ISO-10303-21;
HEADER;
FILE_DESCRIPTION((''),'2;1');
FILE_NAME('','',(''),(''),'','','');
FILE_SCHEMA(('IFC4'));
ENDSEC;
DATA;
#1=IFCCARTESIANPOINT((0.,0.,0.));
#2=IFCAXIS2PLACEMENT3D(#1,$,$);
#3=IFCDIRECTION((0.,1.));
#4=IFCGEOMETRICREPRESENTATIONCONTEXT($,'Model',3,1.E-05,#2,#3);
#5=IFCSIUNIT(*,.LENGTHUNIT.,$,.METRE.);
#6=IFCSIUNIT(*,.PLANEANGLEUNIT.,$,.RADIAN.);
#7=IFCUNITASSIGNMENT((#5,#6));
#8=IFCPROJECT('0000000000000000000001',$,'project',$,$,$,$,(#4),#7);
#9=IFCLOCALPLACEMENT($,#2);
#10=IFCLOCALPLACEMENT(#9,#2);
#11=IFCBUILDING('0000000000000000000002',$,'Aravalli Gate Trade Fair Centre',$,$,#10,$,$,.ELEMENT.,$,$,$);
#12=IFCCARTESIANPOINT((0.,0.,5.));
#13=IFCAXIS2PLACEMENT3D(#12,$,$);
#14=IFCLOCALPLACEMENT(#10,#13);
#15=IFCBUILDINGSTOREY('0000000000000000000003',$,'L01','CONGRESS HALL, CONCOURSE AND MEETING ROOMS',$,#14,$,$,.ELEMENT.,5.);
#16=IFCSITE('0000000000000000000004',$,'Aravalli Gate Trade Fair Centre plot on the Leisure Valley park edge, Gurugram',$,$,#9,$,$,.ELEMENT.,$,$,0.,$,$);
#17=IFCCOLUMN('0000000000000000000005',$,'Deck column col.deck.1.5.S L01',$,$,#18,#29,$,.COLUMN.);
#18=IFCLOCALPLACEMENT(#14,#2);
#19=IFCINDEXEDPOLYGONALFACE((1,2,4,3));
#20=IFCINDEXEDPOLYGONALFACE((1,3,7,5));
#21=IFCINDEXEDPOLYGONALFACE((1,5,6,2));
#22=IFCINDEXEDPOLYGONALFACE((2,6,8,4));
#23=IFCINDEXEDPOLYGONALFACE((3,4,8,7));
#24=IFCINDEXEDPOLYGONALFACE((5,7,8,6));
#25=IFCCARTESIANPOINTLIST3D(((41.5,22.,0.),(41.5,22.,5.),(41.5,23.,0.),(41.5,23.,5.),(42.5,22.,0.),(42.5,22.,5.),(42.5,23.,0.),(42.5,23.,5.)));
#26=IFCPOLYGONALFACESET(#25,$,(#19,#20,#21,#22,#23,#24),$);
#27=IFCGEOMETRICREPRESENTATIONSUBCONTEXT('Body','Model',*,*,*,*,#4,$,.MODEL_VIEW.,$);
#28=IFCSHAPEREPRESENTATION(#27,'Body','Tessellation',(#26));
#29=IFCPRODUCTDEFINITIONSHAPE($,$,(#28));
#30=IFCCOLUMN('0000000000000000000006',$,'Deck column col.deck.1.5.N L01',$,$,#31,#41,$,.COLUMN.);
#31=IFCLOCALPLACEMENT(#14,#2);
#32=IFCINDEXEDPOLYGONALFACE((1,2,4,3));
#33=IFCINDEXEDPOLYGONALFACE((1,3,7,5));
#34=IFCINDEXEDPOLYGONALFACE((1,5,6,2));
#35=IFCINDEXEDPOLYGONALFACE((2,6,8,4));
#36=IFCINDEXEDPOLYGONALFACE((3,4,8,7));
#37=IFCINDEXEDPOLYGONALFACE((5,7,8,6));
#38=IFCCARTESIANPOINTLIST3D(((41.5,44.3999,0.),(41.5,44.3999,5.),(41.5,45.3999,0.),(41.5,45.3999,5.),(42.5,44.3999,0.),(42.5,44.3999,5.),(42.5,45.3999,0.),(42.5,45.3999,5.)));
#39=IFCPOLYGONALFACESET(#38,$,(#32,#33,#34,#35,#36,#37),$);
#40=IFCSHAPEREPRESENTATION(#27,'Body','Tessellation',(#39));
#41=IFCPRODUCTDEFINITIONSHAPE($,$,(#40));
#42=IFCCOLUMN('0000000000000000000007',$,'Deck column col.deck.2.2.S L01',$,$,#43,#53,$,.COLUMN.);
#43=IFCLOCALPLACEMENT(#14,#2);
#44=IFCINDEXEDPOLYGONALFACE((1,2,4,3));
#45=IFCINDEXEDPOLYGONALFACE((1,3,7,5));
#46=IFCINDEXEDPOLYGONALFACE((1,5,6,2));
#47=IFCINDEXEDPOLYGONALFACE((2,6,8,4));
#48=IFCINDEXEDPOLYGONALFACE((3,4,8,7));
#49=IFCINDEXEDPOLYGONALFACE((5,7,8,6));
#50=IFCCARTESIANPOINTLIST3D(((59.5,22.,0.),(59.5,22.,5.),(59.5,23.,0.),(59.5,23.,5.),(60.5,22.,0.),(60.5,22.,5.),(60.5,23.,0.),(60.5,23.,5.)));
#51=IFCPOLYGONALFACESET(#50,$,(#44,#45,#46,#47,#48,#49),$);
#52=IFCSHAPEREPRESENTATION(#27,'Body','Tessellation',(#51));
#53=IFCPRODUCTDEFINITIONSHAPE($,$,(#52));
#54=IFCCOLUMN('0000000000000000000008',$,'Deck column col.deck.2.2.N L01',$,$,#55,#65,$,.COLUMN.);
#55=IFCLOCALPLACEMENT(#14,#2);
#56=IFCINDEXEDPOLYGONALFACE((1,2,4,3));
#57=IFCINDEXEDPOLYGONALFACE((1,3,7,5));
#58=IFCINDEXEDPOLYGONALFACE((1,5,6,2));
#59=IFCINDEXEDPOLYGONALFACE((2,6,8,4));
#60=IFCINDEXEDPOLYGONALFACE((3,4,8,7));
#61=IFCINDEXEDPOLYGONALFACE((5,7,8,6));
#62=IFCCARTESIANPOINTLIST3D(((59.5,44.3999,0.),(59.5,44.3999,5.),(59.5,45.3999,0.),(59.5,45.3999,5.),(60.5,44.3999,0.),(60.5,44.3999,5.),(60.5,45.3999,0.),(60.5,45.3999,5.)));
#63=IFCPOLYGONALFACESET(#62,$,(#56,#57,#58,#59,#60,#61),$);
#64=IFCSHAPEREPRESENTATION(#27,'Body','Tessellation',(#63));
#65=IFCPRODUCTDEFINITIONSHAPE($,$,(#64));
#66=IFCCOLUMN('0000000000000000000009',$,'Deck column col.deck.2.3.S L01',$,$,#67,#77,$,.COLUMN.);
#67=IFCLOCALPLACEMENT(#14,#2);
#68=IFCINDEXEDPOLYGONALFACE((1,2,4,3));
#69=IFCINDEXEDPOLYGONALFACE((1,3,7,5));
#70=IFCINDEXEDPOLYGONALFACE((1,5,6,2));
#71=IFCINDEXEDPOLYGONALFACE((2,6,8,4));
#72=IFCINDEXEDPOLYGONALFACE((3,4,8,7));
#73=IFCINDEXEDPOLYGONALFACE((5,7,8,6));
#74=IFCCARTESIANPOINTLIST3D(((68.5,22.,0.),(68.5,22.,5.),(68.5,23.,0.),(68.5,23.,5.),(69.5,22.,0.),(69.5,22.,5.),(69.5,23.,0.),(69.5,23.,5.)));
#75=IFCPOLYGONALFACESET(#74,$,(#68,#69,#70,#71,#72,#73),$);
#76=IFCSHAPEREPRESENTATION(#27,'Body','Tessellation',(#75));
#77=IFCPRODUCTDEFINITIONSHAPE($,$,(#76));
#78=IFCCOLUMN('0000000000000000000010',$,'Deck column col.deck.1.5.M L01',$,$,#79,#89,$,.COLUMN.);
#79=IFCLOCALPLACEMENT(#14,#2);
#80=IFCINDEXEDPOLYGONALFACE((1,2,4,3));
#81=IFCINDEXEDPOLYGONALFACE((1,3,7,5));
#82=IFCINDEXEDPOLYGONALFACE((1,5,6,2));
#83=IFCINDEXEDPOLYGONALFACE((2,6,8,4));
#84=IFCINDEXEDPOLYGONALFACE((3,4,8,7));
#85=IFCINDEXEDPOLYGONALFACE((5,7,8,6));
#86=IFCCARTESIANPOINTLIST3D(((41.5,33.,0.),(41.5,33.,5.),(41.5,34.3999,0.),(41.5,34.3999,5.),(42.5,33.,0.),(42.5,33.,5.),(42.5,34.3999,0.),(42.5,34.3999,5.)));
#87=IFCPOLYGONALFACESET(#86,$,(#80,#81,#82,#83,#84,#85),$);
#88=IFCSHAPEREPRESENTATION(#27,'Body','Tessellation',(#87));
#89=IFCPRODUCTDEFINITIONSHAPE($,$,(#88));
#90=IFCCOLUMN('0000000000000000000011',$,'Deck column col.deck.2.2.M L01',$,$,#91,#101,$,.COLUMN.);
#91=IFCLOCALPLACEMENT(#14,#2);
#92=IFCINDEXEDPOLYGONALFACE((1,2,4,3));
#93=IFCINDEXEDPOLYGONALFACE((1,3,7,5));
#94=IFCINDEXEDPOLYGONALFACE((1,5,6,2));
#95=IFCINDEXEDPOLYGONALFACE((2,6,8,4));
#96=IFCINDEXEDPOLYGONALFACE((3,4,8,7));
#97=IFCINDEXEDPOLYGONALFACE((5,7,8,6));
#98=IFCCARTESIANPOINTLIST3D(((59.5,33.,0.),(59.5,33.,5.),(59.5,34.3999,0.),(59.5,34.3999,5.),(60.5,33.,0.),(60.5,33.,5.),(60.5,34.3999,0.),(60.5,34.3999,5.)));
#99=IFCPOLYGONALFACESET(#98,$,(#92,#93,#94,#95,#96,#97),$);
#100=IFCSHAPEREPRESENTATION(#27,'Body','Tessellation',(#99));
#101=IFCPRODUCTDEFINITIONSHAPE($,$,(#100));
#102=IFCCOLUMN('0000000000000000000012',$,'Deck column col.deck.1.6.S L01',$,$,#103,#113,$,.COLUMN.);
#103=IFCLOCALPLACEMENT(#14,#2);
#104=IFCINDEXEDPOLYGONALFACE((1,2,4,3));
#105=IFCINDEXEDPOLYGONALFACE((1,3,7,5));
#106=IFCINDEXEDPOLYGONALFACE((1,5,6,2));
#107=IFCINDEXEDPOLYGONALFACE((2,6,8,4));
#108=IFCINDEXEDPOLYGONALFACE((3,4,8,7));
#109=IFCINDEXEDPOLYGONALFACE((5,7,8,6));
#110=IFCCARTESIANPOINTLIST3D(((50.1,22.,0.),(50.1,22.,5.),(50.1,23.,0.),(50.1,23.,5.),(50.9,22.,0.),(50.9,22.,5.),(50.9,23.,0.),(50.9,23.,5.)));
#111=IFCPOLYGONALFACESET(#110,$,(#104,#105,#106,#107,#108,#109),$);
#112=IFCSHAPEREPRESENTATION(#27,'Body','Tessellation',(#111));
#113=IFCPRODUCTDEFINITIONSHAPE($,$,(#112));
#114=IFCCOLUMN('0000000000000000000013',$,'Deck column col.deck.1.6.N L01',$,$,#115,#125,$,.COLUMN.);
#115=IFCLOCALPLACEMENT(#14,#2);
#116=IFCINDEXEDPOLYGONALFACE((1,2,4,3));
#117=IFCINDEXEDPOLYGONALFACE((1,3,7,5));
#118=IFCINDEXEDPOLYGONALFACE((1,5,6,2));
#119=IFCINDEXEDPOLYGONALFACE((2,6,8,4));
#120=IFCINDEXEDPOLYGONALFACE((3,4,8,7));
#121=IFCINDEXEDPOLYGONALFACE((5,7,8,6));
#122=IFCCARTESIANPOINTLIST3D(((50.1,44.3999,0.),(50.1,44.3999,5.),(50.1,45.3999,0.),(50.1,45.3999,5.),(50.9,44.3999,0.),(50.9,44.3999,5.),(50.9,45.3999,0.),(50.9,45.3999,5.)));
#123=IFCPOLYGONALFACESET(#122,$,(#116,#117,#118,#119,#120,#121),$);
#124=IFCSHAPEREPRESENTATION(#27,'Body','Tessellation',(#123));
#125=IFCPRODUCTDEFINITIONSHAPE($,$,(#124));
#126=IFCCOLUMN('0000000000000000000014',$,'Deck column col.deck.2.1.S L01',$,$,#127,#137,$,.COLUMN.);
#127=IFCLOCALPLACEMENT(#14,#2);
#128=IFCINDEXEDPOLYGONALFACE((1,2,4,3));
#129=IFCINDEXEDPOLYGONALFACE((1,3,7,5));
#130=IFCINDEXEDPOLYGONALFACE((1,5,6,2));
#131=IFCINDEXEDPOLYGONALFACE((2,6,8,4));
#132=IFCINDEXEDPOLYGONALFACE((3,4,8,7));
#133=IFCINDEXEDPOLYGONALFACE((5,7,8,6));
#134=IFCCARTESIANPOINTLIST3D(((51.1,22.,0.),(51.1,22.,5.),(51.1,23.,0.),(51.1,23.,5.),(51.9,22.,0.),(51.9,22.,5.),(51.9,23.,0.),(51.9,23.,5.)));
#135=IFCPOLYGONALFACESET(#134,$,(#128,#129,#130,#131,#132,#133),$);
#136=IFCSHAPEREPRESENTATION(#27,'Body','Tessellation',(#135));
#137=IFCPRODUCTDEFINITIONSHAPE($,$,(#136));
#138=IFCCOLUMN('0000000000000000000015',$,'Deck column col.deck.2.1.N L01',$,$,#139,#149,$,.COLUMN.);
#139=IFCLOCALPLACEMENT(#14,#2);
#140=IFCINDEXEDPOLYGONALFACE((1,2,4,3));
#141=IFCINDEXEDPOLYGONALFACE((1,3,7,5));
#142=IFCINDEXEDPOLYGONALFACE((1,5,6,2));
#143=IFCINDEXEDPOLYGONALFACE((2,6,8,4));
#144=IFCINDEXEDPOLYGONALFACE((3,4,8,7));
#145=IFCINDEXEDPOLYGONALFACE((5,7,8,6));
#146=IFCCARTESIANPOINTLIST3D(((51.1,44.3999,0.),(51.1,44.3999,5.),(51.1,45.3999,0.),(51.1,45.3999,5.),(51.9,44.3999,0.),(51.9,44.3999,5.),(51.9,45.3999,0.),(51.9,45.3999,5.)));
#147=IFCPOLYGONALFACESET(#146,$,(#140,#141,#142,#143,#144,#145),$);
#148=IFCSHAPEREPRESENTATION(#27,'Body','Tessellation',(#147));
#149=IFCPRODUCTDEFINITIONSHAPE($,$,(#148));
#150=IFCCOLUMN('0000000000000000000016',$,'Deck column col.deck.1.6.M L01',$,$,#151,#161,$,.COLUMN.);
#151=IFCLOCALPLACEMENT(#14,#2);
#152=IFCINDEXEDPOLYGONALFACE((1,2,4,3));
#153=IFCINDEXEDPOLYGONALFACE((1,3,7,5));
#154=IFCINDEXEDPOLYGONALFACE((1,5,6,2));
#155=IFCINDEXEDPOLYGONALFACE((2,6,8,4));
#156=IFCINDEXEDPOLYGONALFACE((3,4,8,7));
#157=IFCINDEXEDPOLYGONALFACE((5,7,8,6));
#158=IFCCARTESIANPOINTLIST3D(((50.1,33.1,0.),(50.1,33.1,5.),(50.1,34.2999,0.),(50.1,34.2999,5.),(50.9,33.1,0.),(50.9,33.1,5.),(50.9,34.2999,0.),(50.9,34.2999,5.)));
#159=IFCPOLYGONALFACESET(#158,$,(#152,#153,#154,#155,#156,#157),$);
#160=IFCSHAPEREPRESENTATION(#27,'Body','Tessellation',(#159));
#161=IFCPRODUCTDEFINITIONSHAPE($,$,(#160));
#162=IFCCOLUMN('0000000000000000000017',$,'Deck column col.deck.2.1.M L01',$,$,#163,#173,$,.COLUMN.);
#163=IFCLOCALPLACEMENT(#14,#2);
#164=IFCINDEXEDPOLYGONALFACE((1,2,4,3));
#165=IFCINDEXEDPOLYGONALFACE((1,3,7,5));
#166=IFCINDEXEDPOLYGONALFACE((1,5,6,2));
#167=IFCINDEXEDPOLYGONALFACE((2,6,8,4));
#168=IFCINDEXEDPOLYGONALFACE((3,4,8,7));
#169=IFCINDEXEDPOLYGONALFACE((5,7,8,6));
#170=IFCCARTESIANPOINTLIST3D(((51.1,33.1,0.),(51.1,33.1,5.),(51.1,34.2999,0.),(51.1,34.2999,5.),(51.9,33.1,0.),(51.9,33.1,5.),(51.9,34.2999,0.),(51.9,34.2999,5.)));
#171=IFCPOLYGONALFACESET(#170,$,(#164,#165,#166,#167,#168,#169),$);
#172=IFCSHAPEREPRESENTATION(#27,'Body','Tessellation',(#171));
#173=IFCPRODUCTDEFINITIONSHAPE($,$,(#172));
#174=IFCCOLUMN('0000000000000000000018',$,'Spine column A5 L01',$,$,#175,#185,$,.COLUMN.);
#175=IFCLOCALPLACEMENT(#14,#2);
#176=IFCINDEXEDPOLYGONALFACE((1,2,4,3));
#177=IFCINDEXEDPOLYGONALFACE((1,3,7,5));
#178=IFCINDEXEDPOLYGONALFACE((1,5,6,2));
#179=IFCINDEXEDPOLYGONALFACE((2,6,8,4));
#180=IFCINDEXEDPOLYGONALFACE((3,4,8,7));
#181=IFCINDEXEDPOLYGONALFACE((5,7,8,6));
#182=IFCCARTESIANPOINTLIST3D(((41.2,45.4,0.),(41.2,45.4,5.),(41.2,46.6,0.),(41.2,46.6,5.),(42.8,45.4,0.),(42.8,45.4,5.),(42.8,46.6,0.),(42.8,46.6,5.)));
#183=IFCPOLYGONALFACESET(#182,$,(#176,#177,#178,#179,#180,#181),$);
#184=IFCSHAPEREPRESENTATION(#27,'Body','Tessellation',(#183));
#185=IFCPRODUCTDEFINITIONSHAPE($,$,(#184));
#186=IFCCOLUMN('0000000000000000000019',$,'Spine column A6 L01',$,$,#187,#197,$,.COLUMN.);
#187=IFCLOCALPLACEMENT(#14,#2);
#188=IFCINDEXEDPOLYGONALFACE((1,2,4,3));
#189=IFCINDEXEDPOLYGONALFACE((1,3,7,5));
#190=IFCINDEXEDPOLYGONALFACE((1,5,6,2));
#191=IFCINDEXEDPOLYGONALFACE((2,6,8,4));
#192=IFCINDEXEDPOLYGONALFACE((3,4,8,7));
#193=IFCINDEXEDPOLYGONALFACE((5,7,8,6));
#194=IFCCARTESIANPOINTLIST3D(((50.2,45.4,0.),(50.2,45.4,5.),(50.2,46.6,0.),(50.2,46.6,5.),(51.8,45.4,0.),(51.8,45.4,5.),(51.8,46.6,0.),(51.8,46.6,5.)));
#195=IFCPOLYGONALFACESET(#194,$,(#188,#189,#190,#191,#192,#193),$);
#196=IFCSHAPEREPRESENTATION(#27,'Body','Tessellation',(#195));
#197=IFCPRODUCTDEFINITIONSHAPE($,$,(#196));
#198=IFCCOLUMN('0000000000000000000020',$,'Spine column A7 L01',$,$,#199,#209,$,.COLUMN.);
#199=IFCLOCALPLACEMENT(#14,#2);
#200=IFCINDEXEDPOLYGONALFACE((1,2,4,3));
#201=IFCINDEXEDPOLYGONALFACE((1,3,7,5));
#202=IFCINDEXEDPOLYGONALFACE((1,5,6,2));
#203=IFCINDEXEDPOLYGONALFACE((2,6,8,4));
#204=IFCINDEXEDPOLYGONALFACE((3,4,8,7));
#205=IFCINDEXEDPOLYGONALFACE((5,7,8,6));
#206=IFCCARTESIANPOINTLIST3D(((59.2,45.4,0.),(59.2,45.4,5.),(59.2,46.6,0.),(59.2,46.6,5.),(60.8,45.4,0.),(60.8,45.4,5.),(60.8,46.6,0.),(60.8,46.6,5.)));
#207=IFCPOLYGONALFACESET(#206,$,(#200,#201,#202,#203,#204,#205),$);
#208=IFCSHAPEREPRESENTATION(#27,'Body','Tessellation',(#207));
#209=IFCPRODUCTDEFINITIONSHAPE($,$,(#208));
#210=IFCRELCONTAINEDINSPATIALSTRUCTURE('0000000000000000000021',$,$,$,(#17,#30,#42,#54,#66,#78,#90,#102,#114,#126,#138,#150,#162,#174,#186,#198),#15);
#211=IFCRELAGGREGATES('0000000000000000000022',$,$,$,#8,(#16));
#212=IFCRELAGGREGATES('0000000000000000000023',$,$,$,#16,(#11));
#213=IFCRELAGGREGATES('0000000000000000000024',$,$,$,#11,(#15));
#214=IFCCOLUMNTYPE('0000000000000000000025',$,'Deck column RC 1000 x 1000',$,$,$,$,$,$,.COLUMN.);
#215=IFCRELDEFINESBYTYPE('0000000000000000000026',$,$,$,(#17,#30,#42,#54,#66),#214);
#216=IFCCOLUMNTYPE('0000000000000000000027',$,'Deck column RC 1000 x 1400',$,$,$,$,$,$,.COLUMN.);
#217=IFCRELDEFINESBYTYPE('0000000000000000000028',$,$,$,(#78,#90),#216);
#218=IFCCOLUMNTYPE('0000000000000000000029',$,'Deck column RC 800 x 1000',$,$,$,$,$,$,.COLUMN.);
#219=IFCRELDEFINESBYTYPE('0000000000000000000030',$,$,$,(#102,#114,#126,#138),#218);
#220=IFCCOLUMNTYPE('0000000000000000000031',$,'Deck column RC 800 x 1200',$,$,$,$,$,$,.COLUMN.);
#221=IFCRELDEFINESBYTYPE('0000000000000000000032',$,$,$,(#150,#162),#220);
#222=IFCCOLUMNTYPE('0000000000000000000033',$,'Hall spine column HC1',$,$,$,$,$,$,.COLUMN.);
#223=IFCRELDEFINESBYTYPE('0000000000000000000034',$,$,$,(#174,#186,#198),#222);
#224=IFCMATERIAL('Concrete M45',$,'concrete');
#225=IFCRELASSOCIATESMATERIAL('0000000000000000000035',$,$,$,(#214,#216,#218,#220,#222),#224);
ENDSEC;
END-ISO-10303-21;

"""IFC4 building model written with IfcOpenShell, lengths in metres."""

from ifc_helpers import new_model, si_unit, direction, frame, origin, origin_2d, place, context, subcontext, project, spatial, rectangle, extrude, material, material_profile, profile_set, type_object, element, save


model = new_model("IFC4")

# Units and contexts
model_context = context("Model", 3, precision=1e-05, world=origin(), true_north=direction((0.0, 1.0)))
body_context = subcontext(model_context, "Body", "Model", "MODEL_VIEW")
ifc_project = project(units=[si_unit("LENGTHUNIT", "METRE"), si_unit("PLANEANGLEUNIT", "RADIAN")], contexts=[model_context])

# Site, building, storey
site_placement = place(None, origin())
site = spatial("IfcSite", under=ifc_project, at=site_placement, Name="Aravalli Gate Trade Fair Centre plot on the Leisure Valley park edge, Gurugram", CompositionType="ELEMENT", RefElevation=0.0)
building_placement = place(site_placement, origin())
building = spatial("IfcBuilding", under=site, at=building_placement, Name="Aravalli Gate Trade Fair Centre", CompositionType="ELEMENT")
storey_placement = place(building_placement, frame((0.0, 0.0, 5.0)))
storey = spatial("IfcBuildingStorey", under=building, at=storey_placement, Name="L01", Description="CONGRESS HALL, CONCOURSE AND MEETING ROOMS", CompositionType="ELEMENT", Elevation=5.0)

# Columns
ifc_material_1 = material(Name="Concrete M45", Category="concrete")
ifc_material_profile_1 = material_profile(ifc_material_1, rectangle(XDim=1.0, YDim=1.0, at=origin_2d()), Name="Deck column RC 1000 x 1000")
ifc_profile_set_1 = profile_set([ifc_material_profile_1], Name="Concrete M45")
column_type_1 = type_object("IfcColumnType", Name="Deck column RC 1000 x 1000", PredefinedType="COLUMN", material=ifc_profile_set_1)
for number, where, z_axis, x_axis, name in (
    (1, (42.0, 22.5, 0.0), (0.0, 0.0, 1.0), (1.0, 0.0, 0.0), "Deck column col.deck.1.5.S L01"),
    (2, (42.0, 44.8999, 0.0), (0.0, 0.0, 1.0), (1.0, 0.0, 0.0), "Deck column col.deck.1.5.N L01"),
    (3, (60.0, 22.5, 0.0), (0.0, 0.0, 1.0), (1.0, 0.0, 0.0), "Deck column col.deck.2.2.S L01"),
    (4, (60.0, 44.8999, 0.0), (0.0, 0.0, 1.0), (1.0, 0.0, 0.0), "Deck column col.deck.2.2.N L01"),
    (5, (69.0, 22.5, 0.0), (0.0, 0.0, 1.0), (1.0, 0.0, 0.0), "Deck column col.deck.2.3.S L01"),
):
    element("IfcColumn", number, at=place(storey_placement, frame(where, z_axis=z_axis, x_axis=x_axis)), inside=storey, type_object=column_type_1, Name=name, PredefinedType="COLUMN", context=body_context, shape_type="SweptSolid", body=[
        extrude(rectangle(XDim=1.0, YDim=1.0, at=origin_2d()), origin(), (0.0, 0.0, 1.0), 5.0),
    ])
ifc_material_profile_2 = material_profile(ifc_material_1, rectangle(XDim=1.0, YDim=1.3999, at=origin_2d()), Name="Deck column RC 1000 x 1400")
ifc_profile_set_2 = profile_set([ifc_material_profile_2], Name="Concrete M45")
column_type_2 = type_object("IfcColumnType", Name="Deck column RC 1000 x 1400", PredefinedType="COLUMN", material=ifc_profile_set_2)
for number, where, z_axis, x_axis, name in (
    (6, (42.0, 33.7, 0.0), (0.0, 0.0, 1.0), (1.0, 0.0, 0.0), "Deck column col.deck.1.5.M L01"),
    (7, (60.0, 33.7, 0.0), (0.0, 0.0, 1.0), (1.0, 0.0, 0.0), "Deck column col.deck.2.2.M L01"),
):
    element("IfcColumn", number, at=place(storey_placement, frame(where, z_axis=z_axis, x_axis=x_axis)), inside=storey, type_object=column_type_2, Name=name, PredefinedType="COLUMN", context=body_context, shape_type="SweptSolid", body=[
        extrude(rectangle(XDim=1.0, YDim=1.3999, at=origin_2d()), origin(), (0.0, 0.0, 1.0), 5.0),
    ])
ifc_material_profile_3 = material_profile(ifc_material_1, rectangle(XDim=0.8, YDim=1.0, at=origin_2d()), Name="Deck column RC 800 x 1000")
ifc_profile_set_3 = profile_set([ifc_material_profile_3], Name="Concrete M45")
column_type_3 = type_object("IfcColumnType", Name="Deck column RC 800 x 1000", PredefinedType="COLUMN", material=ifc_profile_set_3)
for number, where, z_axis, x_axis, name in (
    (8, (50.5, 22.5, 0.0), (0.0, 0.0, 1.0), (1.0, 0.0, 0.0), "Deck column col.deck.1.6.S L01"),
    (9, (50.5, 44.8999, 0.0), (0.0, 0.0, 1.0), (1.0, 0.0, 0.0), "Deck column col.deck.1.6.N L01"),
    (10, (51.5, 22.5, 0.0), (0.0, 0.0, 1.0), (1.0, 0.0, 0.0), "Deck column col.deck.2.1.S L01"),
    (11, (51.5, 44.8999, 0.0), (0.0, 0.0, 1.0), (1.0, 0.0, 0.0), "Deck column col.deck.2.1.N L01"),
):
    element("IfcColumn", number, at=place(storey_placement, frame(where, z_axis=z_axis, x_axis=x_axis)), inside=storey, type_object=column_type_3, Name=name, PredefinedType="COLUMN", context=body_context, shape_type="SweptSolid", body=[
        extrude(rectangle(XDim=0.8, YDim=1.0, at=origin_2d()), origin(), (0.0, 0.0, 1.0), 5.0),
    ])
ifc_material_profile_4 = material_profile(ifc_material_1, rectangle(XDim=0.8, YDim=1.2, at=origin_2d()), Name="Deck column RC 800 x 1200")
ifc_profile_set_4 = profile_set([ifc_material_profile_4], Name="Concrete M45")
column_type_4 = type_object("IfcColumnType", Name="Deck column RC 800 x 1200", PredefinedType="COLUMN", material=ifc_profile_set_4)
for number, where, z_axis, x_axis, name in (
    (12, (50.5, 33.7, 0.0), (0.0, 0.0, 1.0), (1.0, 0.0, 0.0), "Deck column col.deck.1.6.M L01"),
    (13, (51.5, 33.7, 0.0), (0.0, 0.0, 1.0), (1.0, 0.0, 0.0), "Deck column col.deck.2.1.M L01"),
):
    element("IfcColumn", number, at=place(storey_placement, frame(where, z_axis=z_axis, x_axis=x_axis)), inside=storey, type_object=column_type_4, Name=name, PredefinedType="COLUMN", context=body_context, shape_type="SweptSolid", body=[
        extrude(rectangle(XDim=0.8, YDim=1.2, at=origin_2d()), origin(), (0.0, 0.0, 1.0), 5.0),
    ])
ifc_material_profile_5 = material_profile(ifc_material_1, rectangle(XDim=1.6001, YDim=1.2, at=origin_2d()), Name="RC 1600x1200")
ifc_profile_set_5 = profile_set([ifc_material_profile_5], Name="Concrete M45")
column_type_5 = type_object("IfcColumnType", Name="Hall spine column HC1", PredefinedType="COLUMN", material=ifc_profile_set_5)
for number, where, z_axis, x_axis, name in (
    (14, (42.0, 46.0, 0.0), (0.0, 0.0, 1.0), (1.0, 0.0, 0.0), "Spine column A5 L01"),
    (15, (51.0, 46.0, 0.0), (0.0, 0.0, 1.0), (1.0, 0.0, 0.0), "Spine column A6 L01"),
    (16, (60.0, 46.0, 0.0), (0.0, 0.0, 1.0), (1.0, 0.0, 0.0), "Spine column A7 L01"),
):
    element("IfcColumn", number, at=place(storey_placement, frame(where, z_axis=z_axis, x_axis=x_axis)), inside=storey, type_object=column_type_5, Name=name, PredefinedType="COLUMN", context=body_context, shape_type="SweptSolid", body=[
        extrude(rectangle(XDim=1.6001, YDim=1.2, at=origin_2d()), origin(), (0.0, 0.0, 1.0), 5.0),
    ])

save(model, "model.ifc")
